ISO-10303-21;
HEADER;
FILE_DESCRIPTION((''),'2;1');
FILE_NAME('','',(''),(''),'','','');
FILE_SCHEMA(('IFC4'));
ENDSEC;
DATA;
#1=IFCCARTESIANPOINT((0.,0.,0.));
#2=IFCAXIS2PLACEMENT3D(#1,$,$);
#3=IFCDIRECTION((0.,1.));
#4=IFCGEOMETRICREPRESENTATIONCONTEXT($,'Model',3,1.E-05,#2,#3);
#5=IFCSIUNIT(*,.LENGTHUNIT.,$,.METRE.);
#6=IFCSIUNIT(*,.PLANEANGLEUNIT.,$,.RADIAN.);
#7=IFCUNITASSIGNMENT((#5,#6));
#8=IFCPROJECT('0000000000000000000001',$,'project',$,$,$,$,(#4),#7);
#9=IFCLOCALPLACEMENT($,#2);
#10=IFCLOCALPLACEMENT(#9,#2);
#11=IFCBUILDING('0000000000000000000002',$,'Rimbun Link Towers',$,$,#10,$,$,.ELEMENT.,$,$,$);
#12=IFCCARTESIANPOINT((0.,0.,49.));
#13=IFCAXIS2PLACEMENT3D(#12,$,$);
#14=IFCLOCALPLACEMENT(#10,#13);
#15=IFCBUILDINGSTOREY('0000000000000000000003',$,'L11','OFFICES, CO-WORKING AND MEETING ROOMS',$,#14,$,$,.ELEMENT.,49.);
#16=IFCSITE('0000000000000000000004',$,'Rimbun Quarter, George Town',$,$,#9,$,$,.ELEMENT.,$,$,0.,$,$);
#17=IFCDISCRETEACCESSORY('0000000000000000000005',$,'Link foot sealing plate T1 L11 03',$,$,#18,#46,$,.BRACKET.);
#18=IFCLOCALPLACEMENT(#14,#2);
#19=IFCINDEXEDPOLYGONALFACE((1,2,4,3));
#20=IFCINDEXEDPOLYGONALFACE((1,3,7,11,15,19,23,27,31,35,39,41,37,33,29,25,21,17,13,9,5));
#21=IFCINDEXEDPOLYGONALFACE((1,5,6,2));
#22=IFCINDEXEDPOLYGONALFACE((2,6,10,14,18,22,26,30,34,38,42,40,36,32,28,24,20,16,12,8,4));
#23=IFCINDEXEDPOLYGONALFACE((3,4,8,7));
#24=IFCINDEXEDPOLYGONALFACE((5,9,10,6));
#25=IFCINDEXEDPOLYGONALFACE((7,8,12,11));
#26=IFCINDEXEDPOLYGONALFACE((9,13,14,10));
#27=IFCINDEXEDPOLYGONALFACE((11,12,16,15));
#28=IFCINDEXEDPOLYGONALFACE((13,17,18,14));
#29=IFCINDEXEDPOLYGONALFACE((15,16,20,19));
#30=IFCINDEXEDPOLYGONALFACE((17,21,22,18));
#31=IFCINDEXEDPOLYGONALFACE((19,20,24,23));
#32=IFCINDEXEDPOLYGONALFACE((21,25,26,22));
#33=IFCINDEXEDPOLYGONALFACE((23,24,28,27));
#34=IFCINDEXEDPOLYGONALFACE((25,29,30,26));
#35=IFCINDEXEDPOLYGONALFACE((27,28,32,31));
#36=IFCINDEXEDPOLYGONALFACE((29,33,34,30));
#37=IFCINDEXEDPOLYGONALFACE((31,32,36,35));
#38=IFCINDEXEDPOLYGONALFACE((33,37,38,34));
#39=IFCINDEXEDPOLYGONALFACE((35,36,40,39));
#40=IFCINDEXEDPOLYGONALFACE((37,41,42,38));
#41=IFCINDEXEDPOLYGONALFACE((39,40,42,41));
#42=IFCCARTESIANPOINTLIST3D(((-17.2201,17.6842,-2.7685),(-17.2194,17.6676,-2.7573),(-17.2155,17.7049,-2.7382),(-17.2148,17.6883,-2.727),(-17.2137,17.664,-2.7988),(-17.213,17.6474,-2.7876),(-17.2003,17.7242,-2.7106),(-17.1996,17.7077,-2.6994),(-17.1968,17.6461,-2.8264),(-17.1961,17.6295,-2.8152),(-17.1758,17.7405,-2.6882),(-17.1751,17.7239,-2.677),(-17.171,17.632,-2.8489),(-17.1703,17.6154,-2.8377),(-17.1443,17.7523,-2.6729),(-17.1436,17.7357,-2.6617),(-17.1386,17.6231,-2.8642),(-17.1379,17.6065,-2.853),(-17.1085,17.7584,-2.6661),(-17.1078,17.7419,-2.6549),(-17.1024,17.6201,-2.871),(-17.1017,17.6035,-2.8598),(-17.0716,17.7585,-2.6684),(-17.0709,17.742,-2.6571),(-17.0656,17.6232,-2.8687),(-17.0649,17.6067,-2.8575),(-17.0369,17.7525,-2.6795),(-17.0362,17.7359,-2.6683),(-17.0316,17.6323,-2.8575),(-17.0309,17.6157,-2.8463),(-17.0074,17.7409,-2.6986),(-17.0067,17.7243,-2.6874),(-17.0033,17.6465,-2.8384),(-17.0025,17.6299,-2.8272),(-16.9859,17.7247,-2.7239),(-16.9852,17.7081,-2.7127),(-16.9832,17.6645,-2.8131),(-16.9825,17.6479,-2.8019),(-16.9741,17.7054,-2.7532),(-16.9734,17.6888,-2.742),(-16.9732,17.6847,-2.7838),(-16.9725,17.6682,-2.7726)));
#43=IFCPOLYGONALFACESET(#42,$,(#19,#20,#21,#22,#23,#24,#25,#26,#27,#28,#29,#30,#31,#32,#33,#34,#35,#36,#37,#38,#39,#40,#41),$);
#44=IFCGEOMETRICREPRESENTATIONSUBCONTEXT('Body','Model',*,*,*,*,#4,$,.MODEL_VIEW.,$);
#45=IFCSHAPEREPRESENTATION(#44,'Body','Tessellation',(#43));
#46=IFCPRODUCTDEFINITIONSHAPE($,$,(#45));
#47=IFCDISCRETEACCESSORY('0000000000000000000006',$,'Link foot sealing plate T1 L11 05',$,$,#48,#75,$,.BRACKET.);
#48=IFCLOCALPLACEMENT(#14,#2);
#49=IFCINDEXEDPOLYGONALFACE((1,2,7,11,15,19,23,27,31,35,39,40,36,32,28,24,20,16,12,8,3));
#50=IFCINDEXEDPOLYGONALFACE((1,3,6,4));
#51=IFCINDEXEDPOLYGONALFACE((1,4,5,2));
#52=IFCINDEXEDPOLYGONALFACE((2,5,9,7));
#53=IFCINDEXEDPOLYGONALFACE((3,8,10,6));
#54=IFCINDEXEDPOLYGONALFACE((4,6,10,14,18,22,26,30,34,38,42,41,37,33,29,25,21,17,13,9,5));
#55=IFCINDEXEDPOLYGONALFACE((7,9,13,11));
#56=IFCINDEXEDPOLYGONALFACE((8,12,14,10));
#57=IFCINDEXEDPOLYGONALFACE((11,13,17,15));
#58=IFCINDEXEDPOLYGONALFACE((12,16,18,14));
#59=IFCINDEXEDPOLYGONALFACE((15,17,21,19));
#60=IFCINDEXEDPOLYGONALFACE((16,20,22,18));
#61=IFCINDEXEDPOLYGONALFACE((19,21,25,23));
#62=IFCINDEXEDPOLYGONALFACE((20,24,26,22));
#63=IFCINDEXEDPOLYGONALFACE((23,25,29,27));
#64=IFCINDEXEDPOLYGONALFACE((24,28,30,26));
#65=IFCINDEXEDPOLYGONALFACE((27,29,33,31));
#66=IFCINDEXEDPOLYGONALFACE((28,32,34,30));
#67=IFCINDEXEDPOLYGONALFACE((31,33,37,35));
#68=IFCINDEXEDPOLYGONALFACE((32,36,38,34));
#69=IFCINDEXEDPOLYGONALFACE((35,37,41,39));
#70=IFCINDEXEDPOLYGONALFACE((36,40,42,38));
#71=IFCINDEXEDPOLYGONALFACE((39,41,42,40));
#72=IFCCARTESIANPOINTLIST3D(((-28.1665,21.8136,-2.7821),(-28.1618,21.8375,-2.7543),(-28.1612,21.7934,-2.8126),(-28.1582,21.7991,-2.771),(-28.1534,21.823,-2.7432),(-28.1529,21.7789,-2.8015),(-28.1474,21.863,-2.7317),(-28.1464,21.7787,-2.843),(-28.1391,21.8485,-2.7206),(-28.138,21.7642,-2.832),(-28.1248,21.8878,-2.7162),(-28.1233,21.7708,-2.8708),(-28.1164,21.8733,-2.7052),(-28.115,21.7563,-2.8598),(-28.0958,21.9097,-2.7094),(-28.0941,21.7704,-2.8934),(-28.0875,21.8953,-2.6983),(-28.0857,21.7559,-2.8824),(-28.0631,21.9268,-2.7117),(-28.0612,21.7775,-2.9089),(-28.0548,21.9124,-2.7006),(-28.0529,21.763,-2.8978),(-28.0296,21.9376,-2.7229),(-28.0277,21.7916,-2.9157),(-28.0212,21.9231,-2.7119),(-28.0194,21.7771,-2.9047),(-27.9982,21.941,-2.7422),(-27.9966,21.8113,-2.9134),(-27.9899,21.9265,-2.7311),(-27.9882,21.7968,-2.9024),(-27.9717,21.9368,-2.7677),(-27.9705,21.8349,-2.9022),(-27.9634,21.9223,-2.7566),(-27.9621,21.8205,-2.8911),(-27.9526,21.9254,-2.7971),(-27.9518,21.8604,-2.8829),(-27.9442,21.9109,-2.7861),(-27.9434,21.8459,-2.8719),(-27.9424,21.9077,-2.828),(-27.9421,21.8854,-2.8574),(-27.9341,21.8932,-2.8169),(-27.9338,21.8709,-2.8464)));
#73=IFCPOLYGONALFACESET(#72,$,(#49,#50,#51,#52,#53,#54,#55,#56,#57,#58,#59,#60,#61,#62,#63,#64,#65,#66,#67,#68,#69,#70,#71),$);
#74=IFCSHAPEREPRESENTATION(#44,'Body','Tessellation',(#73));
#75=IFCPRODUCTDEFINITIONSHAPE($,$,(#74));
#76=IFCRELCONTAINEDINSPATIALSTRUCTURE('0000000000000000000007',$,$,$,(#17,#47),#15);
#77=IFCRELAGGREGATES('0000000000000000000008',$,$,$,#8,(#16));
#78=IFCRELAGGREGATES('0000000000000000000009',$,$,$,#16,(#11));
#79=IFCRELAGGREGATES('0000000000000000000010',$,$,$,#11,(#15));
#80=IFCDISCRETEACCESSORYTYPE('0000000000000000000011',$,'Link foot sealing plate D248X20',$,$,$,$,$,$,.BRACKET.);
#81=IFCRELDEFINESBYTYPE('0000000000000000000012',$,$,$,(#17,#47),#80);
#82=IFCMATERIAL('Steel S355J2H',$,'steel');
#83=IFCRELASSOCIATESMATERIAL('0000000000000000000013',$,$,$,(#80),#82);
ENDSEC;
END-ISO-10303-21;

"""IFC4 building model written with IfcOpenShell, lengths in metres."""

from ifc_helpers import new_model, si_unit, direction, frame, origin, origin_2d, place, context, subcontext, project, spatial, circle, extrude, material, material_profile, profile_set, type_object, element, save


model = new_model("IFC4")

# Units and contexts
model_context = context("Model", 3, precision=1e-05, world=origin(), true_north=direction((0.0, 1.0)))
body_context = subcontext(model_context, "Body", "Model", "MODEL_VIEW")
ifc_project = project(units=[si_unit("LENGTHUNIT", "METRE"), si_unit("PLANEANGLEUNIT", "RADIAN")], contexts=[model_context])

# Site, building, storey
site_placement = place(None, origin())
site = spatial("IfcSite", under=ifc_project, at=site_placement, Name="Rimbun Quarter, George Town", CompositionType="ELEMENT", RefElevation=0.0)
building_placement = place(site_placement, origin())
building = spatial("IfcBuilding", under=site, at=building_placement, Name="Rimbun Link Towers", CompositionType="ELEMENT")
storey_placement = place(building_placement, frame((0.0, 0.0, 49.0)))
storey = spatial("IfcBuildingStorey", under=building, at=storey_placement, Name="L11", Description="OFFICES, CO-WORKING AND MEETING ROOMS", CompositionType="ELEMENT", Elevation=49.0)

# Discrete accessories
ifc_material_1 = material(Name="Steel S355J2H", Category="steel")
ifc_material_profile_1 = material_profile(ifc_material_1, circle(Radius=0.124, at=origin_2d()), Name="PL D248")
ifc_profile_set_1 = profile_set([ifc_material_profile_1], Name="Steel S355J2H")
discrete_accessory_type = type_object("IfcDiscreteAccessoryType", Name="Link foot sealing plate D248X20", PredefinedType="BRACKET", material=ifc_profile_set_1)
for number, where, z_axis, x_axis, name in (
    (1, (-17.0955, 17.6731, -2.7573), (-0.036518, 0.827731, -0.559936), (-0.999028, -0.044075, 0.0), "Link foot sealing plate T1 L11 03"),
    (2, (-28.0454, 21.8408, -2.8015), (-0.416559, 0.722853, -0.551328), (-0.86643, -0.499299, 0.0), "Link foot sealing plate T1 L11 05"),
):
    element("IfcDiscreteAccessory", number, at=place(storey_placement, frame(where, z_axis=z_axis, x_axis=x_axis)), inside=storey, type_object=discrete_accessory_type, Name=name, PredefinedType="BRACKET", context=body_context, shape_type="SweptSolid", body=[
        extrude(circle(Radius=0.124, at=origin_2d()), origin(), (0.0, 0.0, 1.0), 0.02),
    ])

save(model, "model.ifc")
